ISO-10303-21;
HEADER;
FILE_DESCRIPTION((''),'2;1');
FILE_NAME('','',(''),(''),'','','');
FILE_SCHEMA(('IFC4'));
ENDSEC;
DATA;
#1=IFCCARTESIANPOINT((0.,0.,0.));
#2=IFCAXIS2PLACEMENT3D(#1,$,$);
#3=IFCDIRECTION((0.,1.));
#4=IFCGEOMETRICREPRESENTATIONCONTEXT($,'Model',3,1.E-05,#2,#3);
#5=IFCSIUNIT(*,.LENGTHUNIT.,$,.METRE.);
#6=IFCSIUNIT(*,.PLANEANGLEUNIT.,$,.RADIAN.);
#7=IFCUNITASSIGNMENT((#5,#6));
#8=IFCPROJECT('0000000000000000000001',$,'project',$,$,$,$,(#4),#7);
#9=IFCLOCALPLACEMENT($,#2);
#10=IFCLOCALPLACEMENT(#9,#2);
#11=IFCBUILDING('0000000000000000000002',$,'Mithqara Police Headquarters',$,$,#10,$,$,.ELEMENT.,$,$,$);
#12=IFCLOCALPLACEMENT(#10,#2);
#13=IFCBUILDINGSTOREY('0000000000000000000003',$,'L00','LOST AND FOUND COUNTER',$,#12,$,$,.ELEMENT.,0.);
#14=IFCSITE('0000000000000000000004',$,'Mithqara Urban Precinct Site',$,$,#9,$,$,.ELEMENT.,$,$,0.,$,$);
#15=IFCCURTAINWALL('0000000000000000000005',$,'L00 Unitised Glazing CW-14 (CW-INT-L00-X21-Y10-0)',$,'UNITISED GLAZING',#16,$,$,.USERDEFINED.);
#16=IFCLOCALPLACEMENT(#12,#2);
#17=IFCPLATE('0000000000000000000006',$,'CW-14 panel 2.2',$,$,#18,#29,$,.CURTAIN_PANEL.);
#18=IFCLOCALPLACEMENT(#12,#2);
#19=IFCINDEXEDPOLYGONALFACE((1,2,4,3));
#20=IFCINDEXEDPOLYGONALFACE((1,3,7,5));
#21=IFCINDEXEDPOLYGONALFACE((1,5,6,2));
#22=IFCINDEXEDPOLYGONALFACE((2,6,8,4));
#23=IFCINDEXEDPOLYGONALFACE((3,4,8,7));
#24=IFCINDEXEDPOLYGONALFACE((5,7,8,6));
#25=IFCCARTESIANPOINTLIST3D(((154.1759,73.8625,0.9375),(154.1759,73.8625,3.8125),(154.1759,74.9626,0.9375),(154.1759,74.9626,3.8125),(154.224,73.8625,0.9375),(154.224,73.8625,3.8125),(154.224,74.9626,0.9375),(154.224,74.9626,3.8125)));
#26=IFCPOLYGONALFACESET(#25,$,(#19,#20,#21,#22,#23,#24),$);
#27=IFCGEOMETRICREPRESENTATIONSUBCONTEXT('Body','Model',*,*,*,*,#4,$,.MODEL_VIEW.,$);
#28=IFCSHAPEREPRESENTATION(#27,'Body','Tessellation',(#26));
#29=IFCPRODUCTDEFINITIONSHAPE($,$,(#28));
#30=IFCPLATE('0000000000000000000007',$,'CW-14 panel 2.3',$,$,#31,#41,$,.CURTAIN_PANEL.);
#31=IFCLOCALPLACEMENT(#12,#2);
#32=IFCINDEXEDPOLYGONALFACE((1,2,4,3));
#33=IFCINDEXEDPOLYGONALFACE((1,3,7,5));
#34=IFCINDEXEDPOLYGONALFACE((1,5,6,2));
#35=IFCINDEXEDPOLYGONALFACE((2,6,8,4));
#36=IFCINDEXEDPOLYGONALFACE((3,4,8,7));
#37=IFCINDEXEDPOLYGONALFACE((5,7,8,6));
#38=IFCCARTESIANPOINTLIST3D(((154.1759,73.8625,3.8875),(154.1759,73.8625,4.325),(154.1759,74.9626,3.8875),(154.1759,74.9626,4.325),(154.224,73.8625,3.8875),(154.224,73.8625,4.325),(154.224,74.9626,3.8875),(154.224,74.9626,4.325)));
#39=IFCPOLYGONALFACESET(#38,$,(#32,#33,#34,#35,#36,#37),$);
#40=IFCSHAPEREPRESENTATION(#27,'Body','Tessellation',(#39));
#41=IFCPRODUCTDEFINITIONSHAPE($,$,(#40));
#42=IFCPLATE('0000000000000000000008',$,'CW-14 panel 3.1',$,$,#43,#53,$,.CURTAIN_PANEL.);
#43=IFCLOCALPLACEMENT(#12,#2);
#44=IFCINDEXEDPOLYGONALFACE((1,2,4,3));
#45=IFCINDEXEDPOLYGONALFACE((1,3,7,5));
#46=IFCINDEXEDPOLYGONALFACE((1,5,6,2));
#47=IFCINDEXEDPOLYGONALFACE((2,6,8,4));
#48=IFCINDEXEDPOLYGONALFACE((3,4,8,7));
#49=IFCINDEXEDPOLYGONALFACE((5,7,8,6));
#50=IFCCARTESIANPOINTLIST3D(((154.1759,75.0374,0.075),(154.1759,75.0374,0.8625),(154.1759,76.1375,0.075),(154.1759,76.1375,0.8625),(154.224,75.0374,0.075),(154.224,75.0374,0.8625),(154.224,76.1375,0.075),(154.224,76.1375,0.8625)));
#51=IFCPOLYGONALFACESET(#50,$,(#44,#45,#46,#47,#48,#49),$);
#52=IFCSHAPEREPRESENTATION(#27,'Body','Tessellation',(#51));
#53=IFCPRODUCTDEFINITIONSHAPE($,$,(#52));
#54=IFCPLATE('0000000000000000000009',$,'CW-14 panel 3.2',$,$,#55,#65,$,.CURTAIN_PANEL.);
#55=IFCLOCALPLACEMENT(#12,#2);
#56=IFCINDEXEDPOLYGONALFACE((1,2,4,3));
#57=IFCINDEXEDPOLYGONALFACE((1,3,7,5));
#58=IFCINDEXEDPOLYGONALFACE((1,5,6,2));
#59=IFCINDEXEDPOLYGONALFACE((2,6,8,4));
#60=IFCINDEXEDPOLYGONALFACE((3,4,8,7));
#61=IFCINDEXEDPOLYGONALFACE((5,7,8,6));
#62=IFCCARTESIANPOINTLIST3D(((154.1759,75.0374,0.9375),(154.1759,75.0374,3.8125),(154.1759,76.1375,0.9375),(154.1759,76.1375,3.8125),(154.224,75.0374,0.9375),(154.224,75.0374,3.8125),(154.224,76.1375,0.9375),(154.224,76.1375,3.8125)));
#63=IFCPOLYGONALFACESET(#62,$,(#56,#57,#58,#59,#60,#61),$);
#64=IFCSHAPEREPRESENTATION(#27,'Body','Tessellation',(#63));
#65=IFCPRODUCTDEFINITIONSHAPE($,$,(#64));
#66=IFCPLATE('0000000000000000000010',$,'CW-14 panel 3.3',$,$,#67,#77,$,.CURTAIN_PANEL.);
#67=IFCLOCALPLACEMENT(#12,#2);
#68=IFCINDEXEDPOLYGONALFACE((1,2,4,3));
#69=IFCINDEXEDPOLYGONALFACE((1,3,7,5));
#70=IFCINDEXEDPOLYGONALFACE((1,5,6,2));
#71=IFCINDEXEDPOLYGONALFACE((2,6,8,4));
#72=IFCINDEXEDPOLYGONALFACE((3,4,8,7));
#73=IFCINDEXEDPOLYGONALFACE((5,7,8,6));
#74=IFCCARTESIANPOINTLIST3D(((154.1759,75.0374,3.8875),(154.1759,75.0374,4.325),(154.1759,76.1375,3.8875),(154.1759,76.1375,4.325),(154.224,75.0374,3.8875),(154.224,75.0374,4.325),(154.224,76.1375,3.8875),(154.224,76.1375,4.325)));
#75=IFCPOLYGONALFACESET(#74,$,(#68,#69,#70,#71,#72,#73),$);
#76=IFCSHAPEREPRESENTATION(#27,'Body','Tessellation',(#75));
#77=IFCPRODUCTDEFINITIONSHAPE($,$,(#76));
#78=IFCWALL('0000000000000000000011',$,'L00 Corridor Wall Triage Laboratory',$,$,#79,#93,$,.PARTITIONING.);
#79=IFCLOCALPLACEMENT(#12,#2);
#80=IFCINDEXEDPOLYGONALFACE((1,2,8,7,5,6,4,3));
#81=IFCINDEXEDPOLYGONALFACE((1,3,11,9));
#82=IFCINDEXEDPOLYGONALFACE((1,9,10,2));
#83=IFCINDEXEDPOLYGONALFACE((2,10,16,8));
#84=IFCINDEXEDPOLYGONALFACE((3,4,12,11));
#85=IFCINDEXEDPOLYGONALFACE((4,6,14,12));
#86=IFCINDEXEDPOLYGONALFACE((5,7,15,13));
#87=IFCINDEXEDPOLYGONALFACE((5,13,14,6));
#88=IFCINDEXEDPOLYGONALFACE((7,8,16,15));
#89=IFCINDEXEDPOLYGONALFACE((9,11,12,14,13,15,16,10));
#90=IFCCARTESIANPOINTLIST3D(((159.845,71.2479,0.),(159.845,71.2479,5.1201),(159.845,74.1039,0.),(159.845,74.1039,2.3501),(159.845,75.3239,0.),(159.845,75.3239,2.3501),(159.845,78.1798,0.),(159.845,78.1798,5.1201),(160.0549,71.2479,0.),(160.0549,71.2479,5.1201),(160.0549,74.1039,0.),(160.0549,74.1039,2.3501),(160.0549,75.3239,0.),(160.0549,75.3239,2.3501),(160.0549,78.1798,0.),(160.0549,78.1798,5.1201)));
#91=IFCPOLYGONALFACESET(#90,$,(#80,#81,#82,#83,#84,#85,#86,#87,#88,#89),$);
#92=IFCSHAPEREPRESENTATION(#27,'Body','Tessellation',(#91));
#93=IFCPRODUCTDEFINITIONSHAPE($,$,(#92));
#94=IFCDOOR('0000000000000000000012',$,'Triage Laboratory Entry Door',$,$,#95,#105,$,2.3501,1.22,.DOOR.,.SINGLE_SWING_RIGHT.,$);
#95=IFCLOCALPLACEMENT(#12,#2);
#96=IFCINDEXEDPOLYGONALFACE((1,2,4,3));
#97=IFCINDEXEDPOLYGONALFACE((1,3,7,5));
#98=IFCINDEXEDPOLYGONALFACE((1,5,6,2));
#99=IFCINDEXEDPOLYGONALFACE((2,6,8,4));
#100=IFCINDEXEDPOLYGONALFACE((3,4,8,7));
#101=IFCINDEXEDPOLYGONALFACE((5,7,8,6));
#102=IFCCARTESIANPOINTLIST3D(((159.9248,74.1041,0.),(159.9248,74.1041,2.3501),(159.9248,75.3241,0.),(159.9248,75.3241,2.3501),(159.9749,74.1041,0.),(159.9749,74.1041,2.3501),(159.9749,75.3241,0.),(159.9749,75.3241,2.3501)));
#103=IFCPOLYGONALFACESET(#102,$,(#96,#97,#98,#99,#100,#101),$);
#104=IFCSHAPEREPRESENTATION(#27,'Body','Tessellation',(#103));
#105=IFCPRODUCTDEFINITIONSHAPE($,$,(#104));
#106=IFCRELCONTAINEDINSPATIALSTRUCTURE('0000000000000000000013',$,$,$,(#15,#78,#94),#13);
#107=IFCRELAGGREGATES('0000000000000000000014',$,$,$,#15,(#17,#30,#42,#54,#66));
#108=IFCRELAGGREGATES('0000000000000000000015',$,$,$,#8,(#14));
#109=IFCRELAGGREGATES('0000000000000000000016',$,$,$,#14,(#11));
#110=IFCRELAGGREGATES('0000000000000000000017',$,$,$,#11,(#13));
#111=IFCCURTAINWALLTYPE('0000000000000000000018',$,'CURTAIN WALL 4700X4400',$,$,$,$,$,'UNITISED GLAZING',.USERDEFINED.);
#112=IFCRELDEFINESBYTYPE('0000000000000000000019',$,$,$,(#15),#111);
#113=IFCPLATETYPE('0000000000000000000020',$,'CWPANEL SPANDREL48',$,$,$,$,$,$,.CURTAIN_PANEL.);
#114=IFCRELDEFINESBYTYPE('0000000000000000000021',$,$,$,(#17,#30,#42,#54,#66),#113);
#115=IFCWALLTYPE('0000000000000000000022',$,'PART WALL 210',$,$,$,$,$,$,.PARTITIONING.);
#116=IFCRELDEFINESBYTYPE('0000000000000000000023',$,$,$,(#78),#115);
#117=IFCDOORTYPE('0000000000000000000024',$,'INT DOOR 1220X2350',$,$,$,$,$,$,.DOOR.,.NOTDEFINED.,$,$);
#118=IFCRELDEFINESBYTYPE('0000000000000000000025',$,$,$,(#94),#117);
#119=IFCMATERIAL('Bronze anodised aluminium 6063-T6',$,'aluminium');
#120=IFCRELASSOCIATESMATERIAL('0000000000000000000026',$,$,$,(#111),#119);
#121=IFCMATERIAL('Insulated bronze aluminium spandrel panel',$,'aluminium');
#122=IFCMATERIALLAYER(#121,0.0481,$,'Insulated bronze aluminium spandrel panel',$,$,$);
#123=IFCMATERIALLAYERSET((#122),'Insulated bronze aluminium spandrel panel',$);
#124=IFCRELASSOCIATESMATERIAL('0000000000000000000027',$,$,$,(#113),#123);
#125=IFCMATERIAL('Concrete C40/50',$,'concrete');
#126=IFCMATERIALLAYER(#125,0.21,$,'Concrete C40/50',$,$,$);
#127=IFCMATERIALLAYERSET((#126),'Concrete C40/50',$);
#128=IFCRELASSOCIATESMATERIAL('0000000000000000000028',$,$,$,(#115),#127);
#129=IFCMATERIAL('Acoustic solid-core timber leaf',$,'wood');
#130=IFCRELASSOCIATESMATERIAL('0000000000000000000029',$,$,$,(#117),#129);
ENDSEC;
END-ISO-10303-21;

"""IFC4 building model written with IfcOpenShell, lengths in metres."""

from ifc_helpers import new_model, si_unit, direction, frame, frame_2d, origin, origin_2d, place, context, subcontext, project, spatial, rectangle, extrude, material, layer, layer_set, type_object, element, fill, aggregate, save


model = new_model("IFC4")

# Units and contexts
model_context = context("Model", 3, precision=1e-05, world=origin(), true_north=direction((0.0, 1.0)))
body_context = subcontext(model_context, "Body", "Model", "MODEL_VIEW")
ifc_project = project(units=[si_unit("LENGTHUNIT", "METRE"), si_unit("PLANEANGLEUNIT", "RADIAN")], contexts=[model_context])

# Site, building, storey
site_placement = place(None, origin())
site = spatial("IfcSite", under=ifc_project, at=site_placement, Name="Mithqara Urban Precinct Site", CompositionType="ELEMENT", RefElevation=0.0)
building_placement = place(site_placement, origin())
building = spatial("IfcBuilding", under=site, at=building_placement, Name="Mithqara Police Headquarters", CompositionType="ELEMENT")
storey_placement = place(building_placement, origin())
storey = spatial("IfcBuildingStorey", under=building, at=storey_placement, Name="L00", Description="LOST AND FOUND COUNTER", CompositionType="ELEMENT", Elevation=0.0)

# Shared definitions
ifc_material_1 = material(Name="Concrete C40/50", Category="concrete")

# Shared definitions
ifc_material_2 = material(Name="Bronze anodised aluminium 6063-T6", Category="aluminium")
curtain_wall_type = type_object("IfcCurtainWallType", Name="CURTAIN WALL 4700X4400", ElementType="UNITISED GLAZING", PredefinedType="USERDEFINED", material=ifc_material_2)

# Curtain wall, plates
curtain_wall_1_placement = place(storey_placement, origin())
curtain_wall_1 = element("IfcCurtainWall", 1, at=curtain_wall_1_placement, inside=storey, type_object=curtain_wall_type, Name="L00 Unitised Glazing CW-14 (CW-INT-L00-X21-Y10-0)", ObjectType="UNITISED GLAZING", PredefinedType="USERDEFINED")
ifc_material_3 = material(Name="Insulated bronze aluminium spandrel panel", Category="aluminium")
ifc_layer_1 = layer(ifc_material_3, 0.0481, Name="Insulated bronze aluminium spandrel panel")
ifc_layer_set_1 = layer_set([ifc_layer_1], Name="Insulated bronze aluminium spandrel panel")
plate_type = type_object("IfcPlateType", Name="CWPANEL SPANDREL48", PredefinedType="CURTAIN_PANEL", material=ifc_layer_set_1)
plate_1_placement = place(storey_placement, frame((154.2, 74.4126, 0.9375), z_axis=(0.0, 0.0, 1.0), x_axis=(0.0, 1.0, 0.0)))
plate_1 = element("IfcPlate", 2, at=plate_1_placement, type_object=plate_type, Name="CW-14 panel 2.2", PredefinedType="CURTAIN_PANEL", context=body_context, shape_type="SweptSolid", body=[
    extrude(rectangle(XDim=1.1001, YDim=0.0481, at=origin_2d()), origin(), (0.0, 0.0, 1.0), 2.875),
])
plate_2_placement = place(storey_placement, frame((154.2, 74.4126, 3.8875), z_axis=(0.0, 0.0, 1.0), x_axis=(0.0, 1.0, 0.0)))
plate_2 = element("IfcPlate", 3, at=plate_2_placement, type_object=plate_type, Name="CW-14 panel 2.3", PredefinedType="CURTAIN_PANEL", context=body_context, shape_type="SweptSolid", body=[
    extrude(rectangle(XDim=1.1001, YDim=0.0481, at=origin_2d()), origin(), (0.0, 0.0, 1.0), 0.4375),
])
plate_3_placement = place(storey_placement, frame((154.2, 75.5874, 0.075), z_axis=(0.0, 0.0, 1.0), x_axis=(0.0, 1.0, 0.0)))
plate_3 = element("IfcPlate", 4, at=plate_3_placement, type_object=plate_type, Name="CW-14 panel 3.1", PredefinedType="CURTAIN_PANEL", context=body_context, shape_type="SweptSolid", body=[
    extrude(rectangle(XDim=1.1001, YDim=0.0481, at=origin_2d()), origin(), (0.0, 0.0, 1.0), 0.7876),
])
plate_4_placement = place(storey_placement, frame((154.2, 75.5874, 0.9375), z_axis=(0.0, 0.0, 1.0), x_axis=(0.0, 1.0, 0.0)))
plate_4 = element("IfcPlate", 5, at=plate_4_placement, type_object=plate_type, Name="CW-14 panel 3.2", PredefinedType="CURTAIN_PANEL", context=body_context, shape_type="SweptSolid", body=[
    extrude(rectangle(XDim=1.1001, YDim=0.0481, at=origin_2d()), origin(), (0.0, 0.0, 1.0), 2.875),
])
plate_5_placement = place(storey_placement, frame((154.2, 75.5874, 3.8875), z_axis=(0.0, 0.0, 1.0), x_axis=(0.0, 1.0, 0.0)))
plate_5 = element("IfcPlate", 6, at=plate_5_placement, type_object=plate_type, Name="CW-14 panel 3.3", PredefinedType="CURTAIN_PANEL", context=body_context, shape_type="SweptSolid", body=[
    extrude(rectangle(XDim=1.1001, YDim=0.0481, at=origin_2d()), origin(), (0.0, 0.0, 1.0), 0.4375),
])
aggregate(curtain_wall_1, [plate_1, plate_2, plate_3, plate_4, plate_5])

# Wall, opening, door
ifc_layer_2 = layer(ifc_material_1, 0.21, Name="Concrete C40/50")
ifc_layer_set_2 = layer_set([ifc_layer_2], Name="Concrete C40/50")
wall_type = type_object("IfcWallType", Name="PART WALL 210", PredefinedType="PARTITIONING", material=ifc_layer_set_2)
wall_placement = place(storey_placement, frame((159.95, 71.248, 0.0), z_axis=(0.0, 0.0, 1.0), x_axis=(0.0, 1.0, 0.0)))
wall = element("IfcWall", 7, at=wall_placement, inside=storey, type_object=wall_type, Name="L00 Corridor Wall Triage Laboratory", PredefinedType="PARTITIONING", context=body_context, shape_type="SweptSolid", body=[
    extrude(rectangle(XDim=6.9319, YDim=0.21, at=frame_2d((3.4658, 0.0))), origin(), (0.0, 0.0, 1.0), 5.1201),
])
opening_placement = place(wall_placement, frame((2.856, 0.0, 0.0)))
opening = element("IfcOpeningElement", 8, at=opening_placement, cuts=wall, PredefinedType="OPENING", context=body_context, shape_type="SweptSolid", body=[
    extrude(rectangle(XDim=1.22, YDim=2.3501, at=frame_2d((0.6099, 1.175))), frame((0.0, 0.115, 0.0), z_axis=(0.0, -1.0, 0.0), x_axis=(1.0, 0.0, 0.0)), (0.0, 0.0, 1.0), 0.23),
])
ifc_material_4 = material(Name="Acoustic solid-core timber leaf", Category="wood")
door_type = type_object("IfcDoorType", Name="INT DOOR 1220X2350", OperationType="NOTDEFINED", PredefinedType="DOOR", material=ifc_material_4)
door_placement = place(opening_placement, frame((1.22, 0.0, 0.0), z_axis=(0.0, 0.0, 1.0), x_axis=(-1.0, 0.0, 0.0)))
door = element("IfcDoor", 9, at=door_placement, inside=storey, type_object=door_type, Name="Triage Laboratory Entry Door", OperationType="SINGLE_SWING_RIGHT", OverallHeight=2.3501, OverallWidth=1.22, PredefinedType="DOOR", context=body_context, shape_type="SweptSolid", body=[
    extrude(rectangle(XDim=1.22, YDim=2.3501, at=frame_2d((0.6099, 1.175))), frame((0.0, 0.0249, 0.0), z_axis=(0.0, -1.0, 0.0), x_axis=(1.0, 0.0, 0.0)), (0.0, 0.0, 1.0), 0.05),
])
fill(opening, door)

save(model, "model.ifc")
